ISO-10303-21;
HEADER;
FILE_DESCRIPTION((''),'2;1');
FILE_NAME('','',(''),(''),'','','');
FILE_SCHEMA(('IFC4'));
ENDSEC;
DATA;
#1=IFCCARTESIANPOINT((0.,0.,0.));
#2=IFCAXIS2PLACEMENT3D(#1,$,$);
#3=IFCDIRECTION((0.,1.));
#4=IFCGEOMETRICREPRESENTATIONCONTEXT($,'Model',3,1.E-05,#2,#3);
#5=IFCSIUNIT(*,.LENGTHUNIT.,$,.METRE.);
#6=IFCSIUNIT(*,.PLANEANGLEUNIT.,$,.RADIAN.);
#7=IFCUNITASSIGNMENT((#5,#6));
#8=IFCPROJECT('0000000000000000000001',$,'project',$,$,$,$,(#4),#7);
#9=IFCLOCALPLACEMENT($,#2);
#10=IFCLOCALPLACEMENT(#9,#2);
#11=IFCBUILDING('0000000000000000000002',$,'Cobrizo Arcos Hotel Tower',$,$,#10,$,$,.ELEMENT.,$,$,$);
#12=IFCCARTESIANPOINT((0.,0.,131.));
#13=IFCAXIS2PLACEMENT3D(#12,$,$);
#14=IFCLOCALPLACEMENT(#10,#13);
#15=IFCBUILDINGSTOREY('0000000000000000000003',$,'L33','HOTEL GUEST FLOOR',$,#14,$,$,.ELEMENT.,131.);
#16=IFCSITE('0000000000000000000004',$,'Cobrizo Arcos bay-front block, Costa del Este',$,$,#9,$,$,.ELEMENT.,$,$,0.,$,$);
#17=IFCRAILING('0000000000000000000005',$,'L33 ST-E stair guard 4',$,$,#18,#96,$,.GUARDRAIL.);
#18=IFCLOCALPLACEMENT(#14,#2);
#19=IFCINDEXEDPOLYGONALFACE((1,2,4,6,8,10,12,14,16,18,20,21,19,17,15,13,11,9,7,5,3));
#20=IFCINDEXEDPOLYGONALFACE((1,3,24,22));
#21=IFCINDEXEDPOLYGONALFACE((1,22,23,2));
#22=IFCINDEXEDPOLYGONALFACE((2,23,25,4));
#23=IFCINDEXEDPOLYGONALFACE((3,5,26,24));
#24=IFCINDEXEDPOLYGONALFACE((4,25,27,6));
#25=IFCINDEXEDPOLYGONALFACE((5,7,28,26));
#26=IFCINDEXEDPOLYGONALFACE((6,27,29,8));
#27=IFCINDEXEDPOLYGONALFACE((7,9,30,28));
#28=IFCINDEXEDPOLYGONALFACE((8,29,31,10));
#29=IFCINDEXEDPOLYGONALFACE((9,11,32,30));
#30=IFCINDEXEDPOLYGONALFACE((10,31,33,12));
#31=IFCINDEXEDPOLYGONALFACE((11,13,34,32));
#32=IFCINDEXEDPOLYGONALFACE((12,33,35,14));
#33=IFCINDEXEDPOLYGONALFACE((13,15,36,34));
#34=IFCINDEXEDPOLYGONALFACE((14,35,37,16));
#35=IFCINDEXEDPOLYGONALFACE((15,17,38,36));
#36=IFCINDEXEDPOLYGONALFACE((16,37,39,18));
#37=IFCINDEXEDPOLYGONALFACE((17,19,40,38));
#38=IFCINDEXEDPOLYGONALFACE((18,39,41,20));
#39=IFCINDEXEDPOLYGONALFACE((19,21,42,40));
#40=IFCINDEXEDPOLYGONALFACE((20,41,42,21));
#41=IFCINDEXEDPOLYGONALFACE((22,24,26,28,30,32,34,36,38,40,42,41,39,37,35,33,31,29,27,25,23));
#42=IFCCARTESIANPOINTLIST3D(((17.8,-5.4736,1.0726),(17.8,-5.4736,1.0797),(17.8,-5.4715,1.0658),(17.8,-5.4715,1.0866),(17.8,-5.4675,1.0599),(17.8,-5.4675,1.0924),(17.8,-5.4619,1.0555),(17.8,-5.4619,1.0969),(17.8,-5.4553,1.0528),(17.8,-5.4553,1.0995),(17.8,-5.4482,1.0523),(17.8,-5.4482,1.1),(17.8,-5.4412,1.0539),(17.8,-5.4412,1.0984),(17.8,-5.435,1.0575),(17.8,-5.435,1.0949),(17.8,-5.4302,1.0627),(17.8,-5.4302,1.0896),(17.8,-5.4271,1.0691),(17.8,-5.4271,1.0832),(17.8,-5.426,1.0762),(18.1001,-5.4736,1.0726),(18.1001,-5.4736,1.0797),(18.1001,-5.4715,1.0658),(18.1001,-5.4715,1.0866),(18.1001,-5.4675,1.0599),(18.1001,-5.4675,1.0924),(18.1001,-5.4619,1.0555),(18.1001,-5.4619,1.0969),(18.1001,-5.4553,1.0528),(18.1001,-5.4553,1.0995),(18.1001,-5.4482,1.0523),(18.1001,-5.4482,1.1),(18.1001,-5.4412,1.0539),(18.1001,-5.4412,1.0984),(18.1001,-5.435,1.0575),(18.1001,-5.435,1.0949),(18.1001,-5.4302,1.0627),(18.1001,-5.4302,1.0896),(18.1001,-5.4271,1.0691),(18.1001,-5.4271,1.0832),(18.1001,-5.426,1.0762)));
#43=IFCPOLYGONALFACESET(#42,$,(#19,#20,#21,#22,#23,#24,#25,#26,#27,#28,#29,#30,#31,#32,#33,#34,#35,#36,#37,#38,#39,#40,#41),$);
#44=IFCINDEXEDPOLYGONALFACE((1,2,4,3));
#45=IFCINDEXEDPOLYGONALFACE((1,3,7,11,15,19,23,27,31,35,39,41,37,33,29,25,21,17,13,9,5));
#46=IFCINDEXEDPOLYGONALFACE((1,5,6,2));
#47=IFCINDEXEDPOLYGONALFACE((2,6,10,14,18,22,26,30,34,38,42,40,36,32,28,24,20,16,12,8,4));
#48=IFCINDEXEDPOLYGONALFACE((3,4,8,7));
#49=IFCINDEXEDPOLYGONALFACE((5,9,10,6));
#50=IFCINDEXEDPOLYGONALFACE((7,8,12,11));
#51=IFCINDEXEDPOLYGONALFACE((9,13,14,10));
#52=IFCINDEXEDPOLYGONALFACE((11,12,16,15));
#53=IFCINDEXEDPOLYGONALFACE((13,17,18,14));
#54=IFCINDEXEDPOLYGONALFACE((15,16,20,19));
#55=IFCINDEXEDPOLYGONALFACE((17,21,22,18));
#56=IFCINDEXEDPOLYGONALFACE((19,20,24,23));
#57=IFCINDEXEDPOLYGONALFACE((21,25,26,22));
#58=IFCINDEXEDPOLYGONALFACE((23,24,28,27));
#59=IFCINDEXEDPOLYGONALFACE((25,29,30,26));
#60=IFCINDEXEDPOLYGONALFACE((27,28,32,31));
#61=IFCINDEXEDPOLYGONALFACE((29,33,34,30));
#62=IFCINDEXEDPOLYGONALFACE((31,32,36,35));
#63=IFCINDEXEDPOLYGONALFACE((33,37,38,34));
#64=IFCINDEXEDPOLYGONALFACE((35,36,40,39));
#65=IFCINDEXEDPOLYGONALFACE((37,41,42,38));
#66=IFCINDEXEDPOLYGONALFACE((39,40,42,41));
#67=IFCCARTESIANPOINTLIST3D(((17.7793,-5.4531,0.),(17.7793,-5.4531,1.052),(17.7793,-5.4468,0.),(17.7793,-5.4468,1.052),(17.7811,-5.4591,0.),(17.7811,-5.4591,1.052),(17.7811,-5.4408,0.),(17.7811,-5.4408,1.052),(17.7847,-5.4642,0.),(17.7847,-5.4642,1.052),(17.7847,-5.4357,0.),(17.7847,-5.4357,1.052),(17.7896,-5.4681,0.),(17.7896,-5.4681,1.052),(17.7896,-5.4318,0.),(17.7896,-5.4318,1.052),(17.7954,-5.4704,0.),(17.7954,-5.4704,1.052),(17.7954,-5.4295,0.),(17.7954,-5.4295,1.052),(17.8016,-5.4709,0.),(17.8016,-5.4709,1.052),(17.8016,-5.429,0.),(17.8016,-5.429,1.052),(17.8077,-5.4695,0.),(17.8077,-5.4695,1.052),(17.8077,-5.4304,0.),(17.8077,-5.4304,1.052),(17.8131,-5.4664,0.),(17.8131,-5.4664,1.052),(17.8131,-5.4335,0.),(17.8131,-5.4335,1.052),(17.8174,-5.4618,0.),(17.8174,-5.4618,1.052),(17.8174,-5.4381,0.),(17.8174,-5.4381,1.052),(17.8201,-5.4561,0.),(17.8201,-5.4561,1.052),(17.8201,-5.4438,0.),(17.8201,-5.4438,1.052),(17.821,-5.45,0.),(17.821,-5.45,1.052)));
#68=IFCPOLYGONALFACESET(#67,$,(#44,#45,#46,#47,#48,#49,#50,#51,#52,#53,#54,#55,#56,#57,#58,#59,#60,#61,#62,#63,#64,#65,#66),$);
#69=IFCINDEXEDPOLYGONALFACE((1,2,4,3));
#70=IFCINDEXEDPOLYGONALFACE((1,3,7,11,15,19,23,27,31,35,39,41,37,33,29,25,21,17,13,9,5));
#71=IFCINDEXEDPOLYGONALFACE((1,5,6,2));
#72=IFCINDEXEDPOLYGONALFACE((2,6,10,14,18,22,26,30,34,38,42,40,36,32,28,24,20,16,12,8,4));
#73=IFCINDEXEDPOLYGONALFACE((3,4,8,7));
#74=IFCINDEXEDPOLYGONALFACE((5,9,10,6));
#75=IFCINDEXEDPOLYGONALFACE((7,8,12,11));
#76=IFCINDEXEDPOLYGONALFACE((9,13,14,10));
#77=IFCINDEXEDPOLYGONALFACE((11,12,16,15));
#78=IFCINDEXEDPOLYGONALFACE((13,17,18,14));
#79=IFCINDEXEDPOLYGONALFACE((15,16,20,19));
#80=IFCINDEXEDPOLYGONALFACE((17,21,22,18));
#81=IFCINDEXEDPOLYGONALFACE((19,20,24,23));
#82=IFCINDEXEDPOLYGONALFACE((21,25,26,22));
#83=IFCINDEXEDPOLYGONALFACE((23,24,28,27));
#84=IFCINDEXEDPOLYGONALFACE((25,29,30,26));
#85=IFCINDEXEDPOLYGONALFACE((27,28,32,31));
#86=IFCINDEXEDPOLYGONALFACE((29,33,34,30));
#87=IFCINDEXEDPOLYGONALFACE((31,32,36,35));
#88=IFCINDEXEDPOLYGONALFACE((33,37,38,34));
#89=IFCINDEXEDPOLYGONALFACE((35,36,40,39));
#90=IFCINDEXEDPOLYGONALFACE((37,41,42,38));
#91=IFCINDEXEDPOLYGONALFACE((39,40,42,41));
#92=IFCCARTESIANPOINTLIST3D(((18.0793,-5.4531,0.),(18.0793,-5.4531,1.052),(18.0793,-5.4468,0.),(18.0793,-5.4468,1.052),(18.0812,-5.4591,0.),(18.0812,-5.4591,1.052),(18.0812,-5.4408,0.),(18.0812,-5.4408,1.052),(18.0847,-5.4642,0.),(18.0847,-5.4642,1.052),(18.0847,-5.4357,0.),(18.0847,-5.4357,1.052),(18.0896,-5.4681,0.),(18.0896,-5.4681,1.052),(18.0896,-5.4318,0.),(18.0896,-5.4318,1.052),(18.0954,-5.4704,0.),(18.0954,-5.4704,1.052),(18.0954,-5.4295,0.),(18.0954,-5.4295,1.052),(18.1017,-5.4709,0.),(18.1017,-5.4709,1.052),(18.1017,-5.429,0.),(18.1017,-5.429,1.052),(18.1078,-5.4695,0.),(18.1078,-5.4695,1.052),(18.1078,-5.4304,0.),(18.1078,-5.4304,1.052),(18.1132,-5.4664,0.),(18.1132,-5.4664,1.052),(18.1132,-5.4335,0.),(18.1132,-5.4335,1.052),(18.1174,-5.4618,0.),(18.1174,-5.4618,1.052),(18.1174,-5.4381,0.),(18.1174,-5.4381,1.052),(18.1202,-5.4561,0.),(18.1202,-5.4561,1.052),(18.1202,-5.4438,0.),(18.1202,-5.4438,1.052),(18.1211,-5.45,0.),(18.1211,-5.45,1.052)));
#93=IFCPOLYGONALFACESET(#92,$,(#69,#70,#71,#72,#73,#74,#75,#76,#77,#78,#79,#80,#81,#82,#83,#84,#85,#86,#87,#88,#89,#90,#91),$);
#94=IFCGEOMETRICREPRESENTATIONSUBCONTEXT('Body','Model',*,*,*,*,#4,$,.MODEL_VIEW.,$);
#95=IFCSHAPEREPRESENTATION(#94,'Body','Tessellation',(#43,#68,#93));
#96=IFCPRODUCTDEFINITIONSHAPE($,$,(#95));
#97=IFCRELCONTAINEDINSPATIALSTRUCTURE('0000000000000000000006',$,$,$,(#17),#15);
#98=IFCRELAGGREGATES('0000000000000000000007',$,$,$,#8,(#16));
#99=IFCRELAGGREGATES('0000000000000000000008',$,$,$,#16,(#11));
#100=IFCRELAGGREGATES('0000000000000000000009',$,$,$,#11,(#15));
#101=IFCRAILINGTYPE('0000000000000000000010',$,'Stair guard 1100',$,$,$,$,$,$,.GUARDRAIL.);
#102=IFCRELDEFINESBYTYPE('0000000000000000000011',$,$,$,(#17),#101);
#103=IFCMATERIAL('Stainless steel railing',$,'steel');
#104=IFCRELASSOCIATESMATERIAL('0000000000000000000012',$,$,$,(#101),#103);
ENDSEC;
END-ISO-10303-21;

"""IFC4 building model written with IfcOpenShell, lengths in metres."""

from ifc_helpers import new_model, si_unit, direction, frame, origin, origin_2d, place, context, subcontext, project, spatial, circle, extrude, material, type_object, element, save


model = new_model("IFC4")

# Units and contexts
model_context = context("Model", 3, precision=1e-05, world=origin(), true_north=direction((0.0, 1.0)))
body_context = subcontext(model_context, "Body", "Model", "MODEL_VIEW")
ifc_project = project(units=[si_unit("LENGTHUNIT", "METRE"), si_unit("PLANEANGLEUNIT", "RADIAN")], contexts=[model_context])

# Site, building, storey
site_placement = place(None, origin())
site = spatial("IfcSite", under=ifc_project, at=site_placement, Name="Cobrizo Arcos bay-front block, Costa del Este", CompositionType="ELEMENT", RefElevation=0.0)
building_placement = place(site_placement, origin())
building = spatial("IfcBuilding", under=site, at=building_placement, Name="Cobrizo Arcos Hotel Tower", CompositionType="ELEMENT")
storey_placement = place(building_placement, frame((0.0, 0.0, 131.0)))
storey = spatial("IfcBuildingStorey", under=building, at=storey_placement, Name="L33", Description="HOTEL GUEST FLOOR", CompositionType="ELEMENT", Elevation=131.0)

# Railing
ifc_material_1 = material(Name="Stainless steel railing", Category="steel")
railing_type_1 = type_object("IfcRailingType", Name="Stair guard 1100", PredefinedType="GUARDRAIL", material=ifc_material_1)
railing_1_placement = place(storey_placement, frame((17.8, -5.45, 0.0)))
element("IfcRailing", 1, at=railing_1_placement, inside=storey, type_object=railing_type_1, Name="L33 ST-E stair guard 4", PredefinedType="GUARDRAIL", context=body_context, shape_type="SweptSolid", body=[
    extrude(circle(Radius=0.0239, at=origin_2d()), frame((0.0, 0.0, 1.0762), z_axis=(1.0, 0.0, 0.0), x_axis=(0.0, 1.0, 0.0)), (0.0, 0.0, 1.0), 0.3),
    extrude(circle(Radius=0.021, at=origin_2d()), origin(), (0.0, 0.0, 1.0), 1.052),
    extrude(circle(Radius=0.021, at=origin_2d()), frame((0.3, 0.0, 0.0)), (0.0, 0.0, 1.0), 1.052),
])

save(model, "model.ifc")
